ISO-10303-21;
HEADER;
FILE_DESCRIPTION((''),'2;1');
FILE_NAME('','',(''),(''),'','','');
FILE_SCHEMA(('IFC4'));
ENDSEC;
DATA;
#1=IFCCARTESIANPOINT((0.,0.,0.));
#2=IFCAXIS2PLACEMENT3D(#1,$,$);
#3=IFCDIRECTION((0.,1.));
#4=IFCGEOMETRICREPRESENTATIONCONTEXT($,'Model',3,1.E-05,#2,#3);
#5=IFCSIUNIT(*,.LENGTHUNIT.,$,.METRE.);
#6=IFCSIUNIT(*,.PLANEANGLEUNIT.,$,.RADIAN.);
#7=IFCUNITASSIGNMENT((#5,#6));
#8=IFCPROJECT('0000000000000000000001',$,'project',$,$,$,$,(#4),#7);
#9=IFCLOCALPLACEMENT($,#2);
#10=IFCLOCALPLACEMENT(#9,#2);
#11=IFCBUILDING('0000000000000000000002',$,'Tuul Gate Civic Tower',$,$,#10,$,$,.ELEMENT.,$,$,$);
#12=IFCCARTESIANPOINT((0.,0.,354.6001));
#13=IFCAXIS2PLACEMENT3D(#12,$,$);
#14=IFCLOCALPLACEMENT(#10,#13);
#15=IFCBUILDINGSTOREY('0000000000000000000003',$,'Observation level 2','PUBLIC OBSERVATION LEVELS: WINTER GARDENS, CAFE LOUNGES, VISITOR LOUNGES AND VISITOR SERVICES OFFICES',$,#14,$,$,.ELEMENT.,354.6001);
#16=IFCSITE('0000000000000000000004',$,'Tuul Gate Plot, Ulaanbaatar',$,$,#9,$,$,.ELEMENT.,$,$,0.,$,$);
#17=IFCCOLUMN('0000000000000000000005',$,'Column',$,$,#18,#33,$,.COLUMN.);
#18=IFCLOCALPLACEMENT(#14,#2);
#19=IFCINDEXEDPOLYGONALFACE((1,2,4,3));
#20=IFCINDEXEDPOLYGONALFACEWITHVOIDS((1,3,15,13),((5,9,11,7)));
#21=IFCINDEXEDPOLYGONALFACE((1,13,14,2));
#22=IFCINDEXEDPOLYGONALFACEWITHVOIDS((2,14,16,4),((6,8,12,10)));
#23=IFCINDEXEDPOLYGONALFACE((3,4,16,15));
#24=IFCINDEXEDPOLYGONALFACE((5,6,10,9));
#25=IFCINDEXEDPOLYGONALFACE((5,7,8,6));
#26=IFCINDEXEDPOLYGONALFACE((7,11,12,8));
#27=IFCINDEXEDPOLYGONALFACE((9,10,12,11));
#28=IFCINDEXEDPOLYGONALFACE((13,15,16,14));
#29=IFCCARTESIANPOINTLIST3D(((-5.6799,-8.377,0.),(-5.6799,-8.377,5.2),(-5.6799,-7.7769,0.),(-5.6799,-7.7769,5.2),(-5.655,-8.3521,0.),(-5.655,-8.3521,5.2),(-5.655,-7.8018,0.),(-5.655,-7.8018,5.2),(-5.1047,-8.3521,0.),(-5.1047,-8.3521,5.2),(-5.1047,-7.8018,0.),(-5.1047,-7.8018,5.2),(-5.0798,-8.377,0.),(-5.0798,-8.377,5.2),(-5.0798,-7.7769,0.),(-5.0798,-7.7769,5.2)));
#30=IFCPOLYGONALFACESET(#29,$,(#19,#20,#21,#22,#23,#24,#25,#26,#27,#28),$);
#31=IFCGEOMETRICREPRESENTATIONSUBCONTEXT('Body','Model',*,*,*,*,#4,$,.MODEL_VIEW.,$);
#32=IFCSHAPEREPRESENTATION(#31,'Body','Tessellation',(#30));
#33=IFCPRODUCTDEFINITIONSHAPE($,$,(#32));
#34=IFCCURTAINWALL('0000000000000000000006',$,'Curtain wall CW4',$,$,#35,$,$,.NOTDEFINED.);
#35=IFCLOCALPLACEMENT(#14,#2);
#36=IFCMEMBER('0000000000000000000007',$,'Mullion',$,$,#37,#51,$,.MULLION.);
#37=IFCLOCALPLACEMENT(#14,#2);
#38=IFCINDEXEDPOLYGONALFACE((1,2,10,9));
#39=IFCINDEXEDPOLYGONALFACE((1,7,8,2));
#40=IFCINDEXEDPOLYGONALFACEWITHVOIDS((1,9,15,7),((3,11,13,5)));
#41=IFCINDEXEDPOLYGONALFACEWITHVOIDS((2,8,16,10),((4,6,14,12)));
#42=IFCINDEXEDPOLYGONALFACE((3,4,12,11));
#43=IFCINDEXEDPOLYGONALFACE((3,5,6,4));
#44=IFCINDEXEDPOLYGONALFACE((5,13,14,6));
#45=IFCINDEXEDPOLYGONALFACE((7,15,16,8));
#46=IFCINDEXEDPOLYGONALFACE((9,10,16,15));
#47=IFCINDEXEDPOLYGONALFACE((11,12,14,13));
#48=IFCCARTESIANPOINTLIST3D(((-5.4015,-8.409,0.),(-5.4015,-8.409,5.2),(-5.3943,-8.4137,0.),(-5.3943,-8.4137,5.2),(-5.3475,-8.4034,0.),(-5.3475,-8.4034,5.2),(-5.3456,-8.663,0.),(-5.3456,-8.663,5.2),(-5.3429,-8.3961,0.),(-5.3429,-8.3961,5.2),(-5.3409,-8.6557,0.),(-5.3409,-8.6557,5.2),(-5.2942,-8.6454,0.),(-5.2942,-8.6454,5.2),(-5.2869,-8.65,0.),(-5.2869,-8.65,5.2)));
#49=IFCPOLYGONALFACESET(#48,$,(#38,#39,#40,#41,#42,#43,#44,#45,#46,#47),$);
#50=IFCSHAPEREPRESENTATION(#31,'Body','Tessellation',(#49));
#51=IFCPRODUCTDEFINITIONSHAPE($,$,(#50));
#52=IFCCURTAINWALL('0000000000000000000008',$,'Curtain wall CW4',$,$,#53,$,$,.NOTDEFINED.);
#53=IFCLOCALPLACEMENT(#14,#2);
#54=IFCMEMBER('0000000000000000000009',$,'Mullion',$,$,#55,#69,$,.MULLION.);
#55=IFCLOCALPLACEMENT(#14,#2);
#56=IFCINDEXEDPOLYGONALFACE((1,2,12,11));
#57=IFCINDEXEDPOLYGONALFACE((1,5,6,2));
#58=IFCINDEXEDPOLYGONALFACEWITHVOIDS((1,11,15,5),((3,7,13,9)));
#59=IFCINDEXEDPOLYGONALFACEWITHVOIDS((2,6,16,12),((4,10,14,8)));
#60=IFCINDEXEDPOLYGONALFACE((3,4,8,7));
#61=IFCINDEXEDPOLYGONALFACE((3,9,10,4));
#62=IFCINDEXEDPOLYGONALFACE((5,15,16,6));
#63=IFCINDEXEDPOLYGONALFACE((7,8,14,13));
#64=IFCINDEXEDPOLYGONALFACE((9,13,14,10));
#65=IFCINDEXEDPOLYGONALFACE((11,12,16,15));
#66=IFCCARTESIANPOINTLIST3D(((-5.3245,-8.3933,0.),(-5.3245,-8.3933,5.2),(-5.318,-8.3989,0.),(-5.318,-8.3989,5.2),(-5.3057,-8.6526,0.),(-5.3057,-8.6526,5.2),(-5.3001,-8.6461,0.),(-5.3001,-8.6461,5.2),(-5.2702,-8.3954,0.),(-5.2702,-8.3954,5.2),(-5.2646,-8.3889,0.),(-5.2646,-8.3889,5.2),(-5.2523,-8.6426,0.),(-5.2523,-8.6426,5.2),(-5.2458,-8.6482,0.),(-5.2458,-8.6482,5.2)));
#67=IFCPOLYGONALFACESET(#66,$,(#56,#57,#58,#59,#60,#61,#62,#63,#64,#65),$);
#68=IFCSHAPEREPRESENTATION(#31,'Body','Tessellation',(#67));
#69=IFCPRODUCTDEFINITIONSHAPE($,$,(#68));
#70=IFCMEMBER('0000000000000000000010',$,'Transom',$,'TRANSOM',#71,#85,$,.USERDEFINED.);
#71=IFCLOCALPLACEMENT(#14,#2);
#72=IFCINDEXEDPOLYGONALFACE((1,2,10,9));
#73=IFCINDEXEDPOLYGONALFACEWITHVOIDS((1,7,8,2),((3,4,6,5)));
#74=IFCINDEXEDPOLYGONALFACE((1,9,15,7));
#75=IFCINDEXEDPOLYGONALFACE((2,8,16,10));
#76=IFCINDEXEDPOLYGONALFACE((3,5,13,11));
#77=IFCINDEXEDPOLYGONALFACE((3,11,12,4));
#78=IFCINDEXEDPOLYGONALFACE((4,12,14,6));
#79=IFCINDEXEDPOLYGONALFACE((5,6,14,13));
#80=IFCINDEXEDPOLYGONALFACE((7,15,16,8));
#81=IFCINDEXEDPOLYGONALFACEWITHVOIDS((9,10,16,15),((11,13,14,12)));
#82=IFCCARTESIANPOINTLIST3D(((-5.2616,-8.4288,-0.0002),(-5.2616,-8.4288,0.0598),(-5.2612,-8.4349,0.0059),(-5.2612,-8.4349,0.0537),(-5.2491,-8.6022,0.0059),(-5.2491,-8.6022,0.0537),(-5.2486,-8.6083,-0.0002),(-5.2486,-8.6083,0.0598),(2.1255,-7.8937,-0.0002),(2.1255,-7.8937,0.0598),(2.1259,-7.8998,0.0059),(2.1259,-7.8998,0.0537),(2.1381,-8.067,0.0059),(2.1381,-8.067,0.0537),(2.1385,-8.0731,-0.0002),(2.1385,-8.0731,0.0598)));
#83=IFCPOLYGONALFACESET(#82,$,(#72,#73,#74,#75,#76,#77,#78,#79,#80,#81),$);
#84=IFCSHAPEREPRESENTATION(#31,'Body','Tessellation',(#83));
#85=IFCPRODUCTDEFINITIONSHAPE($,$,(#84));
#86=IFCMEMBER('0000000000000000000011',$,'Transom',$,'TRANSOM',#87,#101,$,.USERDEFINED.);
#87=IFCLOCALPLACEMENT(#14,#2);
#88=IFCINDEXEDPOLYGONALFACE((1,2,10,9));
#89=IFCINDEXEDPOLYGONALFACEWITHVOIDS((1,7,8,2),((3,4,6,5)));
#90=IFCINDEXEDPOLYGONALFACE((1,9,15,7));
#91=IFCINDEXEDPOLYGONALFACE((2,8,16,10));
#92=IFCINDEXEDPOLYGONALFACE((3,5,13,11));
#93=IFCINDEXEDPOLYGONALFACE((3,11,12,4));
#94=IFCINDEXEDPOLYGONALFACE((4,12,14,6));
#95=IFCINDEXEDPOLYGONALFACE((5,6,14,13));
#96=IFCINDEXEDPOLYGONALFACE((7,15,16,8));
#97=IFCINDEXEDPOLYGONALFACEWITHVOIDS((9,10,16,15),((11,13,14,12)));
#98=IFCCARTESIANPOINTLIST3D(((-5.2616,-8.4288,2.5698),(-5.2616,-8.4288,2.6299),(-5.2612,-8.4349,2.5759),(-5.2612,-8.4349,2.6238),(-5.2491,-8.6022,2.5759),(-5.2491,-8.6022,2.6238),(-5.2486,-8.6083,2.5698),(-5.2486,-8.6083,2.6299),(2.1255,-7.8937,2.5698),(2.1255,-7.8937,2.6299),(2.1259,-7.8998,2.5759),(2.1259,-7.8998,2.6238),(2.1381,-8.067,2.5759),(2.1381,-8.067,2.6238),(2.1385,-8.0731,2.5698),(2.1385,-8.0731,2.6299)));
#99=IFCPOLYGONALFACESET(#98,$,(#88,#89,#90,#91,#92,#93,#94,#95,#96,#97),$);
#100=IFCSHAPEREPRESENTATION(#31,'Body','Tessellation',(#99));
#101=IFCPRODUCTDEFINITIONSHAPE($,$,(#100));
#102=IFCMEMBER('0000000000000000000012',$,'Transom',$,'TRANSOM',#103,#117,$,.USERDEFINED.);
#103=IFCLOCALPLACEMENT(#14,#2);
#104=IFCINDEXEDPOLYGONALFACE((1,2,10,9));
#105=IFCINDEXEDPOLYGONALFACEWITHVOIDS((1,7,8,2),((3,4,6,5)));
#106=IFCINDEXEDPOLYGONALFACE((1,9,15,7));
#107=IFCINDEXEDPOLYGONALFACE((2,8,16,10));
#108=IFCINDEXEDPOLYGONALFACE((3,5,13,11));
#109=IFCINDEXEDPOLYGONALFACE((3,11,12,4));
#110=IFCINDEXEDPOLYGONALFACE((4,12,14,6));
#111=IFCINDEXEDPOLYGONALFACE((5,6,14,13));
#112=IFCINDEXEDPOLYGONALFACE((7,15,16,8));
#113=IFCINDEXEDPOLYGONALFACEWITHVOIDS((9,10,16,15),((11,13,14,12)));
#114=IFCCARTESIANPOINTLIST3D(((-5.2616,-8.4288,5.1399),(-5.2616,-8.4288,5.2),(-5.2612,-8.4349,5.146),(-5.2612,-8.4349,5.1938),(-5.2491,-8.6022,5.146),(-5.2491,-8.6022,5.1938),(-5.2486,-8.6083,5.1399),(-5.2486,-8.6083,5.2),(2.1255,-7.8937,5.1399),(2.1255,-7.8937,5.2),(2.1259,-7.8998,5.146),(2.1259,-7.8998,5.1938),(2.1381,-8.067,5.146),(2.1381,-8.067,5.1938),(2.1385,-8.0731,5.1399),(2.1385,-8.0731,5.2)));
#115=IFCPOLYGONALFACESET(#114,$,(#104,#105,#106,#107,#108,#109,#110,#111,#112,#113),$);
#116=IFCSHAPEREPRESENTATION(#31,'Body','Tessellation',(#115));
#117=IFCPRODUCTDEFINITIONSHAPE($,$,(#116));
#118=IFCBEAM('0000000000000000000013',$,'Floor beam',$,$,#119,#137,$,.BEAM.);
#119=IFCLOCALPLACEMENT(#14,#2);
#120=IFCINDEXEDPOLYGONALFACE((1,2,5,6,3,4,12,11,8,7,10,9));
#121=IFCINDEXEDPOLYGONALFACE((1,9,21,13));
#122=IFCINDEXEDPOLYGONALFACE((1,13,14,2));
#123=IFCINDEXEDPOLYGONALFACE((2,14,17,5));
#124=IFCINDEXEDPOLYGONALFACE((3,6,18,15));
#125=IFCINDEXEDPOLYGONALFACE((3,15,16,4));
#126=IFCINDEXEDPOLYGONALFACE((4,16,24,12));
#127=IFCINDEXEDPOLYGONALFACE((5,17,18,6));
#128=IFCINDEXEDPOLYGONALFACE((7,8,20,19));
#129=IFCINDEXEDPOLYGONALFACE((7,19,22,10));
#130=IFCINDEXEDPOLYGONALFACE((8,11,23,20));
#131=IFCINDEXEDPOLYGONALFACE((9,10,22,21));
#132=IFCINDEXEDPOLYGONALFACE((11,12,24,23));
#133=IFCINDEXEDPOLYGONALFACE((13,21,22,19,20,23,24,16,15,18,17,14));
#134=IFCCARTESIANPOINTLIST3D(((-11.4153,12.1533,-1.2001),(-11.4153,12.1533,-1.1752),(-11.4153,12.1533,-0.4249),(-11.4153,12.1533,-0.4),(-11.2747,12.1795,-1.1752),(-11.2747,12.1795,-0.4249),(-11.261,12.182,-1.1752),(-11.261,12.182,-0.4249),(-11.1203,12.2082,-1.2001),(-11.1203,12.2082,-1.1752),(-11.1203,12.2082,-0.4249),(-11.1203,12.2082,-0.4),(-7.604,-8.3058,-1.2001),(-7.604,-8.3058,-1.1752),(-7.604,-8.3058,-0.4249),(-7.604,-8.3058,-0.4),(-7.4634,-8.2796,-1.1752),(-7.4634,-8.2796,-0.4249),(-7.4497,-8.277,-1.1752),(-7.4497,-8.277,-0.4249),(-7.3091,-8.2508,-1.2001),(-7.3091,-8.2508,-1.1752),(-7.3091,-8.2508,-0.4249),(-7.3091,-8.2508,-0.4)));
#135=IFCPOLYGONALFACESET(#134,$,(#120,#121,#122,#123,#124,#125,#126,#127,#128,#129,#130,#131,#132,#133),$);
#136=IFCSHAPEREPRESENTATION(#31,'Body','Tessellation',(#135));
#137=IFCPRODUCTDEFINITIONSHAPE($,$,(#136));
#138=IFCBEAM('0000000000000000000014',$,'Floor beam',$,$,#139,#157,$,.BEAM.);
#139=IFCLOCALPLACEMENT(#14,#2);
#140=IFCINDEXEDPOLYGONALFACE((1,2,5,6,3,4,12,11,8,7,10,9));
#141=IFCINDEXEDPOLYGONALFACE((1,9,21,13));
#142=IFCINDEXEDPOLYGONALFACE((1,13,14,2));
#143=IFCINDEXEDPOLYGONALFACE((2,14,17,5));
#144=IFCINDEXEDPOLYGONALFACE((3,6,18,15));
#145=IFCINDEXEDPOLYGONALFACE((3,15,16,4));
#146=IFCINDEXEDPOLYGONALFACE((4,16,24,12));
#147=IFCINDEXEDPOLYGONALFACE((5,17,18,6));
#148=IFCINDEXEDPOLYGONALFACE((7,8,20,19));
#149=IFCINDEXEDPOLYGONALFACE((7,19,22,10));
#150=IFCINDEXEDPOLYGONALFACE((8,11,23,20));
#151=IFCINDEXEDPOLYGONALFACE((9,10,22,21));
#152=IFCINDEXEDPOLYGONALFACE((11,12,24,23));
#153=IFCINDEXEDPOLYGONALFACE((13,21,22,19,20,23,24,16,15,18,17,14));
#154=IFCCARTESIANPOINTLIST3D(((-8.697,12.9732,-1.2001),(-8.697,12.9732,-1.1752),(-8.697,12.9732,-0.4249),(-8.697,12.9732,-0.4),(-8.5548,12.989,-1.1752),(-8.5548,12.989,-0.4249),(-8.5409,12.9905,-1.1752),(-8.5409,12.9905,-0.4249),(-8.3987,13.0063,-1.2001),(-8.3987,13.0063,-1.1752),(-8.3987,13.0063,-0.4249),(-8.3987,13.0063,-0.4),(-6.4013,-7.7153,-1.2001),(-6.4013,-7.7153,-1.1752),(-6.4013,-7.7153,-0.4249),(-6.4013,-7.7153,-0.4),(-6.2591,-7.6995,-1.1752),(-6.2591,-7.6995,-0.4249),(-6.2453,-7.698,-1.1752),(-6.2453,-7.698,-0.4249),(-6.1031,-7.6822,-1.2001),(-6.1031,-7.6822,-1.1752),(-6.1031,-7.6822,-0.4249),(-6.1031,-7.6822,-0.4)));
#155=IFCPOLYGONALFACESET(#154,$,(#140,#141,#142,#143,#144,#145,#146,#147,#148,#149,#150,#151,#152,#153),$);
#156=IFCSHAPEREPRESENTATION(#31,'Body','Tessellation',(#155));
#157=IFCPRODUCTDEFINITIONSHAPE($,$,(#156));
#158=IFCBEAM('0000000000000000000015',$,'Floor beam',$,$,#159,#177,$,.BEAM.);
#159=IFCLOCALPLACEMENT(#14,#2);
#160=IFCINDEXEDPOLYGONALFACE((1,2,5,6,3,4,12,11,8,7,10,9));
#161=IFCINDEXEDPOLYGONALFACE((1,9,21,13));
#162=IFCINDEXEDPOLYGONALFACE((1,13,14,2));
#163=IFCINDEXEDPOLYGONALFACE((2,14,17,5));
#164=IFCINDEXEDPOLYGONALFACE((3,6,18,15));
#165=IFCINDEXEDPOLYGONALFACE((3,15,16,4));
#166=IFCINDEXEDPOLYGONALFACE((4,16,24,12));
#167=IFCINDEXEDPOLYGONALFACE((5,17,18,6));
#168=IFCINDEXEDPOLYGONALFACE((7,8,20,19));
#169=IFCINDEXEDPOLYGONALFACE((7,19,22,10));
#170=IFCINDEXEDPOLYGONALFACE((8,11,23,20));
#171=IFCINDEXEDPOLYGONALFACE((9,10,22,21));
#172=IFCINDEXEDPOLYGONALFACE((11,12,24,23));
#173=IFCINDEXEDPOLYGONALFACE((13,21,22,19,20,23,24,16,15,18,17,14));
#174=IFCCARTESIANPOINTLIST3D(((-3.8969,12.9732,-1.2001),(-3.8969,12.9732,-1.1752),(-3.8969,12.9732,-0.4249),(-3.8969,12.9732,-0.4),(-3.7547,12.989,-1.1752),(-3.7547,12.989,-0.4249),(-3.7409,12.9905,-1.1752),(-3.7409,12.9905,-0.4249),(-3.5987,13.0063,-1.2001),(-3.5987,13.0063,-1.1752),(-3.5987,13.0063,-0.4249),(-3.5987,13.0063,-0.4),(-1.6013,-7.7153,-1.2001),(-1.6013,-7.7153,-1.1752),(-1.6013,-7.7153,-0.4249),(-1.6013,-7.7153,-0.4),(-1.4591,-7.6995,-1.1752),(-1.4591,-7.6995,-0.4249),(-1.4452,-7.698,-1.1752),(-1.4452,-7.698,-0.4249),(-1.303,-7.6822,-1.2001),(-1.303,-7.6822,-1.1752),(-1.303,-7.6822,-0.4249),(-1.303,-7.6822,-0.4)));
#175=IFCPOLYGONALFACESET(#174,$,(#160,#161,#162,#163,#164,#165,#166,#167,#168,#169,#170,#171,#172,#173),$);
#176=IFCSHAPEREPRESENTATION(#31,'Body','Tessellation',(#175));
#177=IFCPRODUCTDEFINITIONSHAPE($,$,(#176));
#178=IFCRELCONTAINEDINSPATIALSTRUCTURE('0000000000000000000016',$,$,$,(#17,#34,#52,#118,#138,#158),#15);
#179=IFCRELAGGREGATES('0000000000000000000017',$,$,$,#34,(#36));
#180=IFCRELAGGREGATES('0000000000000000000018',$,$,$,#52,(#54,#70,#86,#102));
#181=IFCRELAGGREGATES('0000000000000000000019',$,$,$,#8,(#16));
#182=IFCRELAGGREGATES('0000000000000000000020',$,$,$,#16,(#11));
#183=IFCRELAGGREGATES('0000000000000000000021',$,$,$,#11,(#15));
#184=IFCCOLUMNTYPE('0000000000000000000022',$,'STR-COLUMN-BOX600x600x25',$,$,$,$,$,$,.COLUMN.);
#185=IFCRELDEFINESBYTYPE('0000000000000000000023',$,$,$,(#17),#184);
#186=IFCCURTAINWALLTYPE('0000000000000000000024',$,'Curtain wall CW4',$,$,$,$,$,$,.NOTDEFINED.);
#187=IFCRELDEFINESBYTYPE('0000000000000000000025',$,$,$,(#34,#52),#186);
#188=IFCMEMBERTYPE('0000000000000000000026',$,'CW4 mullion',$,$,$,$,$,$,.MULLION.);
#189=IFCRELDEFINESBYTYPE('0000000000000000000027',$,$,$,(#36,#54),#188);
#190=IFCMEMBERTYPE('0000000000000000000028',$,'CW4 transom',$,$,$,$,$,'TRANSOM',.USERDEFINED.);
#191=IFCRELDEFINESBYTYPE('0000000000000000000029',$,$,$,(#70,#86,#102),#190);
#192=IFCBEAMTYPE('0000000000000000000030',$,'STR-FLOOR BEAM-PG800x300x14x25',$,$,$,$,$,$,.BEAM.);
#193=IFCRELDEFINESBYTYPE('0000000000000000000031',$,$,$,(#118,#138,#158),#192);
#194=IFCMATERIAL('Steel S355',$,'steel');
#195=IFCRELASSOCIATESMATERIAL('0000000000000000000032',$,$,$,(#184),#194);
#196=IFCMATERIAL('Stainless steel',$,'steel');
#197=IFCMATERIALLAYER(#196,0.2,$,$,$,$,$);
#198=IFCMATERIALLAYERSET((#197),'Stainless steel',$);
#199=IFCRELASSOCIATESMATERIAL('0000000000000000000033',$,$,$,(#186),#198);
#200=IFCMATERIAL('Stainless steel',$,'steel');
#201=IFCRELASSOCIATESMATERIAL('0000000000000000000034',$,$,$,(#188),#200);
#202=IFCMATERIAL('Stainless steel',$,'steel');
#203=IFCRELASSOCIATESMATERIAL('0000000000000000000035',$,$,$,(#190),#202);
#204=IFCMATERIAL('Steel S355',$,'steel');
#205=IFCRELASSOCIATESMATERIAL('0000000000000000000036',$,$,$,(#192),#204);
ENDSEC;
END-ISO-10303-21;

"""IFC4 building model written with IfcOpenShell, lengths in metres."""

from ifc_helpers import new_model, si_unit, direction, frame, origin, origin_2d, place, context, subcontext, project, spatial, hollow_rectangle, i_section, extrude, material, layer, layer_set, material_profile, profile_set, type_object, element, aggregate, save


model = new_model("IFC4")

# Units and contexts
model_context = context("Model", 3, precision=1e-05, world=origin(), true_north=direction((0.0, 1.0)))
body_context = subcontext(model_context, "Body", "Model", "MODEL_VIEW")
ifc_project = project(units=[si_unit("LENGTHUNIT", "METRE"), si_unit("PLANEANGLEUNIT", "RADIAN")], contexts=[model_context])

# Site, building, storey
site_placement = place(None, origin())
site = spatial("IfcSite", under=ifc_project, at=site_placement, Name="Tuul Gate Plot, Ulaanbaatar", CompositionType="ELEMENT", RefElevation=0.0)
building_placement = place(site_placement, origin())
building = spatial("IfcBuilding", under=site, at=building_placement, Name="Tuul Gate Civic Tower", CompositionType="ELEMENT")
storey_placement = place(building_placement, frame((0.0, 0.0, 354.6001)))
storey = spatial("IfcBuildingStorey", under=building, at=storey_placement, Name="Observation level 2", Description="PUBLIC OBSERVATION LEVELS: WINTER GARDENS, CAFE LOUNGES, VISITOR LOUNGES AND VISITOR SERVICES OFFICES", CompositionType="ELEMENT", Elevation=354.6001)

# Column
ifc_material_1 = material(Name="Steel S355", Category="steel")
ifc_material_profile_1 = material_profile(ifc_material_1, hollow_rectangle(XDim=0.6001, YDim=0.6001, WallThickness=0.0249, at=origin_2d()), Name="BOX600x600x25")
ifc_profile_set_1 = profile_set([ifc_material_profile_1], Name="Steel S355")
column_type = type_object("IfcColumnType", Name="STR-COLUMN-BOX600x600x25", PredefinedType="COLUMN", material=ifc_profile_set_1)
column_placement = place(storey_placement, frame((-5.3799, -8.0769, 0.0), z_axis=(0.0, 0.0, 1.0), x_axis=(1.0, 0.0, 0.0)))
element("IfcColumn", 1, at=column_placement, inside=storey, type_object=column_type, Name="Column", PredefinedType="COLUMN", context=body_context, shape_type="SweptSolid", body=[
    extrude(hollow_rectangle(XDim=0.6001, YDim=0.6001, WallThickness=0.0249, at=origin_2d()), origin(), (0.0, 0.0, 1.0), 5.2),
])

# Curtain wall, member
ifc_material_2 = material(Name="Stainless steel", Category="steel")
ifc_layer_1 = layer(ifc_material_2, 0.2)
ifc_layer_set_1 = layer_set([ifc_layer_1], Name="Stainless steel")
curtain_wall_type = type_object("IfcCurtainWallType", Name="Curtain wall CW4", PredefinedType="NOTDEFINED", material=ifc_layer_set_1)
curtain_wall_1_placement = place(storey_placement, origin())
curtain_wall_1 = element("IfcCurtainWall", 2, at=curtain_wall_1_placement, inside=storey, type_object=curtain_wall_type, Name="Curtain wall CW4", PredefinedType="NOTDEFINED")
ifc_material_3 = material(Name="Stainless steel", Category="steel")
ifc_material_profile_2 = material_profile(ifc_material_3, hollow_rectangle(XDim=0.26, YDim=0.0601, WallThickness=0.0061, at=origin_2d()), Name="CW4 mullion")
ifc_profile_set_2 = profile_set([ifc_material_profile_2], Name="Stainless steel")
member_type_1 = type_object("IfcMemberType", Name="CW4 mullion", PredefinedType="MULLION", material=ifc_profile_set_2)
member_1_placement = place(storey_placement, frame((-5.3442, -8.5295, 0.0), z_axis=(0.0, 0.0, 1.0), x_axis=(-0.215242, 0.976561, 0.0)))
member_1 = element("IfcMember", 3, at=member_1_placement, type_object=member_type_1, Name="Mullion", PredefinedType="MULLION", context=body_context, shape_type="SweptSolid", body=[
    extrude(hollow_rectangle(XDim=0.26, YDim=0.0601, WallThickness=0.0061, at=origin_2d()), origin(), (0.0, 0.0, 1.0), 5.2),
])
aggregate(curtain_wall_1, [member_1])

# Curtain wall, members
curtain_wall_2_placement = place(storey_placement, origin())
curtain_wall_2 = element("IfcCurtainWall", 4, at=curtain_wall_2_placement, inside=storey, type_object=curtain_wall_type, Name="Curtain wall CW4", PredefinedType="NOTDEFINED")
member_2_placement = place(storey_placement, frame((-5.2852, -8.5208, 0.0), z_axis=(0.0, 0.0, 1.0), x_axis=(-0.072276, 0.997385, 0.0)))
member_2 = element("IfcMember", 5, at=member_2_placement, type_object=member_type_1, Name="Mullion", PredefinedType="MULLION", context=body_context, shape_type="SweptSolid", body=[
    extrude(hollow_rectangle(XDim=0.26, YDim=0.0601, WallThickness=0.0061, at=origin_2d()), origin(), (0.0, 0.0, 1.0), 5.2),
])
ifc_material_4 = material(Name="Stainless steel", Category="steel")
ifc_material_profile_3 = material_profile(ifc_material_4, hollow_rectangle(XDim=0.1799, YDim=0.0601, WallThickness=0.0061, at=origin_2d()), Name="CW4 transom")
ifc_profile_set_3 = profile_set([ifc_material_profile_3], Name="Stainless steel")
member_type_2 = type_object("IfcMemberType", Name="CW4 transom", ElementType="TRANSOM", PredefinedType="USERDEFINED", material=ifc_profile_set_3)
member_3_placement = place(storey_placement, frame((-5.2551, -8.5186, 0.0298), z_axis=(0.997386, 0.072254, 0.0), x_axis=(-0.072254, 0.997386, 0.0)))
member_3 = element("IfcMember", 6, at=member_3_placement, type_object=member_type_2, Name="Transom", ObjectType="TRANSOM", PredefinedType="USERDEFINED", context=body_context, shape_type="SweptSolid", body=[
    extrude(hollow_rectangle(XDim=0.1799, YDim=0.0601, WallThickness=0.0061, at=origin_2d()), origin(), (0.0, 0.0, 1.0), 7.4065),
])
member_4_placement = place(storey_placement, frame((-5.2551, -8.5186, 2.5999), z_axis=(0.997386, 0.072254, 0.0), x_axis=(-0.072254, 0.997386, 0.0)))
member_4 = element("IfcMember", 7, at=member_4_placement, type_object=member_type_2, Name="Transom", ObjectType="TRANSOM", PredefinedType="USERDEFINED", context=body_context, shape_type="SweptSolid", body=[
    extrude(hollow_rectangle(XDim=0.1799, YDim=0.0601, WallThickness=0.0061, at=origin_2d()), origin(), (0.0, 0.0, 1.0), 7.4065),
])
member_5_placement = place(storey_placement, frame((-5.2551, -8.5186, 5.1699), z_axis=(0.997386, 0.072254, 0.0), x_axis=(-0.072254, 0.997386, 0.0)))
member_5 = element("IfcMember", 8, at=member_5_placement, type_object=member_type_2, Name="Transom", ObjectType="TRANSOM", PredefinedType="USERDEFINED", context=body_context, shape_type="SweptSolid", body=[
    extrude(hollow_rectangle(XDim=0.1799, YDim=0.0601, WallThickness=0.0061, at=origin_2d()), origin(), (0.0, 0.0, 1.0), 7.4065),
])

# Beams
ifc_material_5 = material(Name="Steel S355", Category="steel")
ifc_material_profile_4 = material_profile(ifc_material_5, i_section(OverallWidth=0.3, OverallDepth=0.8, WebThickness=0.0139, FlangeThickness=0.0249, at=origin_2d()), Name="PG800x300x14x25")
ifc_profile_set_4 = profile_set([ifc_material_profile_4], Name="Steel S355")
beam_type_1 = type_object("IfcBeamType", Name="STR-FLOOR BEAM-PG800x300x14x25", PredefinedType="BEAM", material=ifc_profile_set_4)
beam_1_placement = place(storey_placement, frame((-7.4565, -8.2783, -0.8), z_axis=(-0.183138, 0.983087, 0.0), x_axis=(-0.983087, -0.183138, 0.0)))
element("IfcBeam", 9, at=beam_1_placement, inside=storey, type_object=beam_type_1, Name="Floor beam", PredefinedType="BEAM", context=body_context, shape_type="SweptSolid", body=[
    extrude(i_section(OverallWidth=0.3, OverallDepth=0.8, WebThickness=0.0139, FlangeThickness=0.0249, at=origin_2d()), origin(), (0.0, 0.0, 1.0), 20.811),
])
for number, where, z_axis, x_axis, name in (
    (10, (-6.2522, -7.6987, -0.8), (-0.110286, 0.9939, 0.0), (-0.9939, -0.110286, 0.0), "Floor beam"),
    (11, (-1.4521, -7.6987, -0.8), (-0.110286, 0.9939, 0.0), (-0.9939, -0.110286, 0.0), "Floor beam"),
):
    element("IfcBeam", number, at=place(storey_placement, frame(where, z_axis=z_axis, x_axis=x_axis)), inside=storey, type_object=beam_type_1, Name=name, PredefinedType="BEAM", context=body_context, shape_type="SweptSolid", body=[
        extrude(i_section(OverallWidth=0.3, OverallDepth=0.8, WebThickness=0.0139, FlangeThickness=0.0249, at=origin_2d()), origin(), (0.0, 0.0, 1.0), 20.8154),
    ])

aggregate(curtain_wall_2, [member_2, member_3, member_4, member_5])

save(model, "model.ifc")
